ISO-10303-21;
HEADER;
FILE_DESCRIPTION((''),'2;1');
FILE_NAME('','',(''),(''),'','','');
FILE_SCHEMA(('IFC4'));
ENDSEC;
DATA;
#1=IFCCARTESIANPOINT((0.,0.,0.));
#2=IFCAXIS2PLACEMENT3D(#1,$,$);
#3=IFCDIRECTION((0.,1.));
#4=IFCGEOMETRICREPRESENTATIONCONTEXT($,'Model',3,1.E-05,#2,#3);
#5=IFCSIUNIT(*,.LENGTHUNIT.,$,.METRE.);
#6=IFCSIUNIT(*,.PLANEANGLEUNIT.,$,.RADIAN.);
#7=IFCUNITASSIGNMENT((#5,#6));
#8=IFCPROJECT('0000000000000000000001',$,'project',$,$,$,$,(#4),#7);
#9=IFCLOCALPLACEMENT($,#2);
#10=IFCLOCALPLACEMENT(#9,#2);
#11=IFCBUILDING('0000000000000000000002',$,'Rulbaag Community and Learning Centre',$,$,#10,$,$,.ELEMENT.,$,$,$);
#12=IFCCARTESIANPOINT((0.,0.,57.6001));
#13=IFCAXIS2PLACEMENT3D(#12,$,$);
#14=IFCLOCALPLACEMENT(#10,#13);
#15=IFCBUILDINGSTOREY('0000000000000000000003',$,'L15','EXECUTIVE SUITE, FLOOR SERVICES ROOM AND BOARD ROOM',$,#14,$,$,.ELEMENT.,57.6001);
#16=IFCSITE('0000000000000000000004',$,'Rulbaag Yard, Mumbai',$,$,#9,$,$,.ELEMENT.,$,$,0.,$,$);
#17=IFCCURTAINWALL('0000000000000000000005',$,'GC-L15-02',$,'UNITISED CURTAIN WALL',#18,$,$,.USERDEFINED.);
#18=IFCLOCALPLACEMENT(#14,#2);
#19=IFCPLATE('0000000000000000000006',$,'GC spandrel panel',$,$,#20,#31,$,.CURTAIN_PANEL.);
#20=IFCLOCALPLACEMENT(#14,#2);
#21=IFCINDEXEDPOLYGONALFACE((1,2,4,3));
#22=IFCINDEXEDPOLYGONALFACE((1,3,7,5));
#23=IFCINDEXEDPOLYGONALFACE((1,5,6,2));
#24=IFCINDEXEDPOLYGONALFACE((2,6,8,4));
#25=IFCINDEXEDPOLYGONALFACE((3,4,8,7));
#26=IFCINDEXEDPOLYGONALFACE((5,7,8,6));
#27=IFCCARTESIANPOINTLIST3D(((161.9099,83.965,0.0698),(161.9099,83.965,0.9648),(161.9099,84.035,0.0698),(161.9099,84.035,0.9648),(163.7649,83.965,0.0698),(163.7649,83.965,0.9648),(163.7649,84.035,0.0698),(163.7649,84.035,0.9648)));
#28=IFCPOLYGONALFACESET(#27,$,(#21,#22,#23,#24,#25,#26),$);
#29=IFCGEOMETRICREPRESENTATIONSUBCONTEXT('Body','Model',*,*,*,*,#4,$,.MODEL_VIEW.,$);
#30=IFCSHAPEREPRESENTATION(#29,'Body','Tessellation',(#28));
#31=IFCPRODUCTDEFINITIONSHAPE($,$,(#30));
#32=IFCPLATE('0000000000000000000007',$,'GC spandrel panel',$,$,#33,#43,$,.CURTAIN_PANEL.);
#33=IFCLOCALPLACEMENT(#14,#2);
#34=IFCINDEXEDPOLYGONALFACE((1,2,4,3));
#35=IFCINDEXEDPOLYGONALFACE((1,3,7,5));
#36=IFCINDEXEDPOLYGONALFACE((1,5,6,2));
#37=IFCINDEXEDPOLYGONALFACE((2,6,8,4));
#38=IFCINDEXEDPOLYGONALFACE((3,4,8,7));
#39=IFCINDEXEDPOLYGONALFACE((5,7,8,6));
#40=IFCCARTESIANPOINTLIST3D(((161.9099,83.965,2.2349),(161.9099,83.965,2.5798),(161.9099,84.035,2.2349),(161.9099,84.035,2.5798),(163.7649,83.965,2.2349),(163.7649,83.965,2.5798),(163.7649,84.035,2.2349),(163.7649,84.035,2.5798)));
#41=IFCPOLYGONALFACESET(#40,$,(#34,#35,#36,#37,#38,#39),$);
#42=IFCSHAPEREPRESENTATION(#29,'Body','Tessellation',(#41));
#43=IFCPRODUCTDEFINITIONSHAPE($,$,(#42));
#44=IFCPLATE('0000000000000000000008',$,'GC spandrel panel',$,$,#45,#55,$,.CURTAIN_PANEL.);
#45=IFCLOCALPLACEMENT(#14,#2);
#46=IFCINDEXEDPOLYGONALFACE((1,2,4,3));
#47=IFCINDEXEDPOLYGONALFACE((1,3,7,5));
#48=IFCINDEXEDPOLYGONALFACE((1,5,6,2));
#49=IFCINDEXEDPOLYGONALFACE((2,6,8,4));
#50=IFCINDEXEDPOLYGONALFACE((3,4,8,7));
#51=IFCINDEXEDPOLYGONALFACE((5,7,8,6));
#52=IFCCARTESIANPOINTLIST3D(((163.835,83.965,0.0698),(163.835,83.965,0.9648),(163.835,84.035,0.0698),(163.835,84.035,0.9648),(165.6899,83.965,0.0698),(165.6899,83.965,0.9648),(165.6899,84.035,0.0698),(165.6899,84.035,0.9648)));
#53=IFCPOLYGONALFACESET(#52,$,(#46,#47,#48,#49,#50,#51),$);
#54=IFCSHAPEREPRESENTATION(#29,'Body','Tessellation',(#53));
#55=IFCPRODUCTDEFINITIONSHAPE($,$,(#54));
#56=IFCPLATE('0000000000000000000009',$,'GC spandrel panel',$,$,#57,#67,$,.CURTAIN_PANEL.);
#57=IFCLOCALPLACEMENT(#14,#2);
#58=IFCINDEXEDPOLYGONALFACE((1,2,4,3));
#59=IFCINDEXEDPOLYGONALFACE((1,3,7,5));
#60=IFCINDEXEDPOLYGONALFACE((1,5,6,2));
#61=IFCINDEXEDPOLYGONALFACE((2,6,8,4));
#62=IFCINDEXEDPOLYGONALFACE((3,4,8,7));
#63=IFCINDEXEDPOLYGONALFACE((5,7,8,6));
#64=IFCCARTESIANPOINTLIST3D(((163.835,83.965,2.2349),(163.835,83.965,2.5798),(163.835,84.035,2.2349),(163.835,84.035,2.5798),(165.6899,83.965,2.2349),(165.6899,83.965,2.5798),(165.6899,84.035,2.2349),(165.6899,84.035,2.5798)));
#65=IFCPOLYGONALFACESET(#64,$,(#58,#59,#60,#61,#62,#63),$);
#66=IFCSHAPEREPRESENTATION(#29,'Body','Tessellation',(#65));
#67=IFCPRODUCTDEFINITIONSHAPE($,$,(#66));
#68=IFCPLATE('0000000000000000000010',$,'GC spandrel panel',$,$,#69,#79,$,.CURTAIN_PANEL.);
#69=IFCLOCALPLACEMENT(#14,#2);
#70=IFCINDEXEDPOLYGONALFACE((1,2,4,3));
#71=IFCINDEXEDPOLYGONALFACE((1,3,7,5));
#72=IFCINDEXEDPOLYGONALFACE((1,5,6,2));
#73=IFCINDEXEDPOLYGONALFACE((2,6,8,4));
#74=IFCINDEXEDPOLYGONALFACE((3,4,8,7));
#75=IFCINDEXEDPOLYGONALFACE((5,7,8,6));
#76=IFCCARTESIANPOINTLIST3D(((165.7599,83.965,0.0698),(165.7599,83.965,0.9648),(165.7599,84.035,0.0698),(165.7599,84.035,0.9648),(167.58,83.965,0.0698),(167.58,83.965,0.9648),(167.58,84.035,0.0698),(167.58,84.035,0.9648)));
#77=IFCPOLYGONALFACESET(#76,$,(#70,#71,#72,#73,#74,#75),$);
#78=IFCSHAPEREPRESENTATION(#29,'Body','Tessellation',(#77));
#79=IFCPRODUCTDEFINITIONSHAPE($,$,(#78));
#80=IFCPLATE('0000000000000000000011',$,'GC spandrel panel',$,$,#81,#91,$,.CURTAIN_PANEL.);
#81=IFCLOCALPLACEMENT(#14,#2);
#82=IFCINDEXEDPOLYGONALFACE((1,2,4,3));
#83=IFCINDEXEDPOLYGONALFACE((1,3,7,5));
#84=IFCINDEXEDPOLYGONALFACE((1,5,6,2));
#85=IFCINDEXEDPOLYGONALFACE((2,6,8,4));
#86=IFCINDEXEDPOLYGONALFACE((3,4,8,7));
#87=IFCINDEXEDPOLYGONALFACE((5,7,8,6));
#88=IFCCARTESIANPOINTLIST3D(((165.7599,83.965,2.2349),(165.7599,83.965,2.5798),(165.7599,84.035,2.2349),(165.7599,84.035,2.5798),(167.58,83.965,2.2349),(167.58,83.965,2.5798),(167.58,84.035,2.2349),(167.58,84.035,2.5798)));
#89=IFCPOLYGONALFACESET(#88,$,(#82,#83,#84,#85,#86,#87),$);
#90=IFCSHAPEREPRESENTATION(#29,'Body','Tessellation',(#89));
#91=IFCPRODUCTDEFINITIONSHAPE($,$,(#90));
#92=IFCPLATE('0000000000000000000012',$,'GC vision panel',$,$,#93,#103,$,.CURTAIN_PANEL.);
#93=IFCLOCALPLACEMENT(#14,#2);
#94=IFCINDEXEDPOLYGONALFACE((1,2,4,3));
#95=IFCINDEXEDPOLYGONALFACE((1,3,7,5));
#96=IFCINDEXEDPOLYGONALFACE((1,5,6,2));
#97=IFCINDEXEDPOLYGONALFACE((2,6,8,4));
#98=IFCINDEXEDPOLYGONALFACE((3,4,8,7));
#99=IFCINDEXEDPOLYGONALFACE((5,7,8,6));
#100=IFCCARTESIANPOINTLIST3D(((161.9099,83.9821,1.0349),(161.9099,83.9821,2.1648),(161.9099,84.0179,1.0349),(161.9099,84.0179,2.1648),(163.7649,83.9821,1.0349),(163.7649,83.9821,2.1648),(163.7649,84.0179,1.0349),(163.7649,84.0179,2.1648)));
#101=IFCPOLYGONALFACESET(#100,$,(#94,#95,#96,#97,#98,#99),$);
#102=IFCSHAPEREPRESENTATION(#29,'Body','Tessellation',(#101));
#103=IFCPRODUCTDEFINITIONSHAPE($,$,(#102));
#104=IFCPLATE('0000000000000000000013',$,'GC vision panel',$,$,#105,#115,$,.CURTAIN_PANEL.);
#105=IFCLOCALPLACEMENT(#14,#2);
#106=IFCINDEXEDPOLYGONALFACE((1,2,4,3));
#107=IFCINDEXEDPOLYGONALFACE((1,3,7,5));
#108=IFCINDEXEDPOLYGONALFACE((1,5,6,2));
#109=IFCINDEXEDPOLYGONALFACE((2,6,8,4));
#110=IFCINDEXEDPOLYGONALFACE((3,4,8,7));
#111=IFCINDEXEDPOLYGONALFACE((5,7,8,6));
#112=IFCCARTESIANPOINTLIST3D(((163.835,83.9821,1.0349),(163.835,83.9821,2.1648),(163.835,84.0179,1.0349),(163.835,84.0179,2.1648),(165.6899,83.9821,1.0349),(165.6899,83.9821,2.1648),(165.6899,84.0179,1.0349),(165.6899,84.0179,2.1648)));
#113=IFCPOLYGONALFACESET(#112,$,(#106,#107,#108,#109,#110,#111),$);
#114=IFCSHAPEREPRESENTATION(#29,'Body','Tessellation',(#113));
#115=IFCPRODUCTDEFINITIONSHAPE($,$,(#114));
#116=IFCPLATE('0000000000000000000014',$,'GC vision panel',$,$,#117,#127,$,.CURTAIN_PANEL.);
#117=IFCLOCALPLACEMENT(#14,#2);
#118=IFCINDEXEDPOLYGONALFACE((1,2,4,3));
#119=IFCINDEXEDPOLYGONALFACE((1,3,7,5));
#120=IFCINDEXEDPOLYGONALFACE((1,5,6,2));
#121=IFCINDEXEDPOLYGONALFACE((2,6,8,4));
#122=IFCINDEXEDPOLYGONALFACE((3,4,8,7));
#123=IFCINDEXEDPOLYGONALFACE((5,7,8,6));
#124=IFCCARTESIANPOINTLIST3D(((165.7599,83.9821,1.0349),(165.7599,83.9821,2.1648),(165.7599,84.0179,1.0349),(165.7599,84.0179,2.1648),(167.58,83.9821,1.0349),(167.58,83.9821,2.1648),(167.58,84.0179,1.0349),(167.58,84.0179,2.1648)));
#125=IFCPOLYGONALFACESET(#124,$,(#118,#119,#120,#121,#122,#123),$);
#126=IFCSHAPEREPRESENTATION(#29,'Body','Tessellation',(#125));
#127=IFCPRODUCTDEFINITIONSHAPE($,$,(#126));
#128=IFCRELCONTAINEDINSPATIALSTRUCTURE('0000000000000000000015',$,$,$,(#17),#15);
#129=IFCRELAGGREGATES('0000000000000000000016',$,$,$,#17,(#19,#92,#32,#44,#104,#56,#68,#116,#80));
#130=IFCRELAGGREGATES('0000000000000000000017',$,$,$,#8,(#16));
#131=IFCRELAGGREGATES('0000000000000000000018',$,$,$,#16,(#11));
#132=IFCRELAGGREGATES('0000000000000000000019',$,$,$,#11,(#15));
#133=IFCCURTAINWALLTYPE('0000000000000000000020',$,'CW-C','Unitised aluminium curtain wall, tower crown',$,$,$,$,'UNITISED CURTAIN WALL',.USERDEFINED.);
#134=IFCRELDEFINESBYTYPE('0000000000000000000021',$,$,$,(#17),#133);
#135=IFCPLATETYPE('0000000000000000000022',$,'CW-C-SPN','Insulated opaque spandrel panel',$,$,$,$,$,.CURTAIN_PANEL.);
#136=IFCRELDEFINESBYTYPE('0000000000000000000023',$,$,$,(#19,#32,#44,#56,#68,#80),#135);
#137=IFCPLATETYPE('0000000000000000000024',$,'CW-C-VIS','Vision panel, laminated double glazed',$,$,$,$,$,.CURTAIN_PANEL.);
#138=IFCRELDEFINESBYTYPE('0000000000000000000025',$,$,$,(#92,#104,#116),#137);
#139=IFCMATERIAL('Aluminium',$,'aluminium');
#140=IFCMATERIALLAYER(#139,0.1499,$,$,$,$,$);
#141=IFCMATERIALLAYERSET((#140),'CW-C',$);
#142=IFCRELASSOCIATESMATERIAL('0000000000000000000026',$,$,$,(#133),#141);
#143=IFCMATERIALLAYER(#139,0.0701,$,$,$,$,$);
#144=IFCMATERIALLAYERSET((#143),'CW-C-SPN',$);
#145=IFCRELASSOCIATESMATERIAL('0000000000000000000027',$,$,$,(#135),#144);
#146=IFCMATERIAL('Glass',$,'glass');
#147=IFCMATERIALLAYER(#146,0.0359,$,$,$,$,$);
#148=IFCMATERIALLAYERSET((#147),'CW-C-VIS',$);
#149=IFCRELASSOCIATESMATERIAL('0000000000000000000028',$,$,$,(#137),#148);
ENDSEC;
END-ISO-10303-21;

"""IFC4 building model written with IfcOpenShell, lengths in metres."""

from ifc_helpers import new_model, si_unit, direction, frame, origin, origin_2d, place, context, subcontext, project, spatial, rectangle, extrude, material, layer, layer_set, type_object, element, aggregate, save


model = new_model("IFC4")

# Units and contexts
model_context = context("Model", 3, precision=1e-05, world=origin(), true_north=direction((0.0, 1.0)))
body_context = subcontext(model_context, "Body", "Model", "MODEL_VIEW")
ifc_project = project(units=[si_unit("LENGTHUNIT", "METRE"), si_unit("PLANEANGLEUNIT", "RADIAN")], contexts=[model_context])

# Site, building, storey
site_placement = place(None, origin())
site = spatial("IfcSite", under=ifc_project, at=site_placement, Name="Rulbaag Yard, Mumbai", CompositionType="ELEMENT", RefElevation=0.0)
building_placement = place(site_placement, origin())
building = spatial("IfcBuilding", under=site, at=building_placement, Name="Rulbaag Community and Learning Centre", CompositionType="ELEMENT")
storey_placement = place(building_placement, frame((0.0, 0.0, 57.6001)))
storey = spatial("IfcBuildingStorey", under=building, at=storey_placement, Name="L15", Description="EXECUTIVE SUITE, FLOOR SERVICES ROOM AND BOARD ROOM", CompositionType="ELEMENT", Elevation=57.6001)

# Curtain wall, plates
ifc_material_1 = material(Name="Aluminium", Category="aluminium")
ifc_layer_1 = layer(ifc_material_1, 0.1499)
ifc_layer_set_1 = layer_set([ifc_layer_1], Name="CW-C")
curtain_wall_type = type_object("IfcCurtainWallType", Name="CW-C", Description="Unitised aluminium curtain wall, tower crown", ElementType="UNITISED CURTAIN WALL", PredefinedType="USERDEFINED", material=ifc_layer_set_1)
curtain_wall_placement = place(storey_placement, origin())
curtain_wall = element("IfcCurtainWall", 1, at=curtain_wall_placement, inside=storey, type_object=curtain_wall_type, Name="GC-L15-02", ObjectType="UNITISED CURTAIN WALL", PredefinedType="USERDEFINED")
ifc_layer_2 = layer(ifc_material_1, 0.0701)
ifc_layer_set_2 = layer_set([ifc_layer_2], Name="CW-C-SPN")
plate_type_1 = type_object("IfcPlateType", Name="CW-C-SPN", Description="Insulated opaque spandrel panel", PredefinedType="CURTAIN_PANEL", material=ifc_layer_set_2)
plate_1_placement = place(storey_placement, frame((162.8374, 84.0, 0.0698), z_axis=(0.0, 0.0, 1.0), x_axis=(1.0, 0.0, 0.0)))
plate_1 = element("IfcPlate", 2, at=plate_1_placement, type_object=plate_type_1, Name="GC spandrel panel", PredefinedType="CURTAIN_PANEL", context=body_context, shape_type="SweptSolid", body=[
    extrude(rectangle(XDim=1.855, YDim=0.0701, at=origin_2d()), origin(), (0.0, 0.0, 1.0), 0.895),
])
plate_2_placement = place(storey_placement, frame((162.8374, 84.0, 2.2349), z_axis=(0.0, 0.0, 1.0), x_axis=(1.0, 0.0, 0.0)))
plate_2 = element("IfcPlate", 3, at=plate_2_placement, type_object=plate_type_1, Name="GC spandrel panel", PredefinedType="CURTAIN_PANEL", context=body_context, shape_type="SweptSolid", body=[
    extrude(rectangle(XDim=1.855, YDim=0.0701, at=origin_2d()), origin(), (0.0, 0.0, 1.0), 0.345),
])
plate_3_placement = place(storey_placement, frame((164.7625, 84.0, 0.0698), z_axis=(0.0, 0.0, 1.0), x_axis=(1.0, 0.0, 0.0)))
plate_3 = element("IfcPlate", 4, at=plate_3_placement, type_object=plate_type_1, Name="GC spandrel panel", PredefinedType="CURTAIN_PANEL", context=body_context, shape_type="SweptSolid", body=[
    extrude(rectangle(XDim=1.855, YDim=0.0701, at=origin_2d()), origin(), (0.0, 0.0, 1.0), 0.895),
])
plate_4_placement = place(storey_placement, frame((164.7625, 84.0, 2.2349), z_axis=(0.0, 0.0, 1.0), x_axis=(1.0, 0.0, 0.0)))
plate_4 = element("IfcPlate", 5, at=plate_4_placement, type_object=plate_type_1, Name="GC spandrel panel", PredefinedType="CURTAIN_PANEL", context=body_context, shape_type="SweptSolid", body=[
    extrude(rectangle(XDim=1.855, YDim=0.0701, at=origin_2d()), origin(), (0.0, 0.0, 1.0), 0.345),
])
plate_5_placement = place(storey_placement, frame((166.6699, 84.0, 0.0698), z_axis=(0.0, 0.0, 1.0), x_axis=(1.0, 0.0, 0.0)))
plate_5 = element("IfcPlate", 6, at=plate_5_placement, type_object=plate_type_1, Name="GC spandrel panel", PredefinedType="CURTAIN_PANEL", context=body_context, shape_type="SweptSolid", body=[
    extrude(rectangle(XDim=1.8201, YDim=0.0701, at=origin_2d()), origin(), (0.0, 0.0, 1.0), 0.895),
])
plate_6_placement = place(storey_placement, frame((166.6699, 84.0, 2.2349), z_axis=(0.0, 0.0, 1.0), x_axis=(1.0, 0.0, 0.0)))
plate_6 = element("IfcPlate", 7, at=plate_6_placement, type_object=plate_type_1, Name="GC spandrel panel", PredefinedType="CURTAIN_PANEL", context=body_context, shape_type="SweptSolid", body=[
    extrude(rectangle(XDim=1.8201, YDim=0.0701, at=origin_2d()), origin(), (0.0, 0.0, 1.0), 0.345),
])
ifc_material_2 = material(Name="Glass", Category="glass")
ifc_layer_3 = layer(ifc_material_2, 0.0359)
ifc_layer_set_3 = layer_set([ifc_layer_3], Name="CW-C-VIS")
plate_type_2 = type_object("IfcPlateType", Name="CW-C-VIS", Description="Vision panel, laminated double glazed", PredefinedType="CURTAIN_PANEL", material=ifc_layer_set_3)
plate_7_placement = place(storey_placement, frame((162.8374, 84.0, 1.0349), z_axis=(0.0, 0.0, 1.0), x_axis=(1.0, 0.0, 0.0)))
plate_7 = element("IfcPlate", 8, at=plate_7_placement, type_object=plate_type_2, Name="GC vision panel", PredefinedType="CURTAIN_PANEL", context=body_context, shape_type="SweptSolid", body=[
    extrude(rectangle(XDim=1.855, YDim=0.0359, at=origin_2d()), origin(), (0.0, 0.0, 1.0), 1.1299),
])
plate_8_placement = place(storey_placement, frame((164.7625, 84.0, 1.0349), z_axis=(0.0, 0.0, 1.0), x_axis=(1.0, 0.0, 0.0)))
plate_8 = element("IfcPlate", 9, at=plate_8_placement, type_object=plate_type_2, Name="GC vision panel", PredefinedType="CURTAIN_PANEL", context=body_context, shape_type="SweptSolid", body=[
    extrude(rectangle(XDim=1.855, YDim=0.0359, at=origin_2d()), origin(), (0.0, 0.0, 1.0), 1.1299),
])
plate_9_placement = place(storey_placement, frame((166.6699, 84.0, 1.0349), z_axis=(0.0, 0.0, 1.0), x_axis=(1.0, 0.0, 0.0)))
plate_9 = element("IfcPlate", 10, at=plate_9_placement, type_object=plate_type_2, Name="GC vision panel", PredefinedType="CURTAIN_PANEL", context=body_context, shape_type="SweptSolid", body=[
    extrude(rectangle(XDim=1.8201, YDim=0.0359, at=origin_2d()), origin(), (0.0, 0.0, 1.0), 1.1299),
])
aggregate(curtain_wall, [plate_1, plate_7, plate_2, plate_3, plate_8, plate_4, plate_5, plate_9, plate_6])

save(model, "model.ifc")
